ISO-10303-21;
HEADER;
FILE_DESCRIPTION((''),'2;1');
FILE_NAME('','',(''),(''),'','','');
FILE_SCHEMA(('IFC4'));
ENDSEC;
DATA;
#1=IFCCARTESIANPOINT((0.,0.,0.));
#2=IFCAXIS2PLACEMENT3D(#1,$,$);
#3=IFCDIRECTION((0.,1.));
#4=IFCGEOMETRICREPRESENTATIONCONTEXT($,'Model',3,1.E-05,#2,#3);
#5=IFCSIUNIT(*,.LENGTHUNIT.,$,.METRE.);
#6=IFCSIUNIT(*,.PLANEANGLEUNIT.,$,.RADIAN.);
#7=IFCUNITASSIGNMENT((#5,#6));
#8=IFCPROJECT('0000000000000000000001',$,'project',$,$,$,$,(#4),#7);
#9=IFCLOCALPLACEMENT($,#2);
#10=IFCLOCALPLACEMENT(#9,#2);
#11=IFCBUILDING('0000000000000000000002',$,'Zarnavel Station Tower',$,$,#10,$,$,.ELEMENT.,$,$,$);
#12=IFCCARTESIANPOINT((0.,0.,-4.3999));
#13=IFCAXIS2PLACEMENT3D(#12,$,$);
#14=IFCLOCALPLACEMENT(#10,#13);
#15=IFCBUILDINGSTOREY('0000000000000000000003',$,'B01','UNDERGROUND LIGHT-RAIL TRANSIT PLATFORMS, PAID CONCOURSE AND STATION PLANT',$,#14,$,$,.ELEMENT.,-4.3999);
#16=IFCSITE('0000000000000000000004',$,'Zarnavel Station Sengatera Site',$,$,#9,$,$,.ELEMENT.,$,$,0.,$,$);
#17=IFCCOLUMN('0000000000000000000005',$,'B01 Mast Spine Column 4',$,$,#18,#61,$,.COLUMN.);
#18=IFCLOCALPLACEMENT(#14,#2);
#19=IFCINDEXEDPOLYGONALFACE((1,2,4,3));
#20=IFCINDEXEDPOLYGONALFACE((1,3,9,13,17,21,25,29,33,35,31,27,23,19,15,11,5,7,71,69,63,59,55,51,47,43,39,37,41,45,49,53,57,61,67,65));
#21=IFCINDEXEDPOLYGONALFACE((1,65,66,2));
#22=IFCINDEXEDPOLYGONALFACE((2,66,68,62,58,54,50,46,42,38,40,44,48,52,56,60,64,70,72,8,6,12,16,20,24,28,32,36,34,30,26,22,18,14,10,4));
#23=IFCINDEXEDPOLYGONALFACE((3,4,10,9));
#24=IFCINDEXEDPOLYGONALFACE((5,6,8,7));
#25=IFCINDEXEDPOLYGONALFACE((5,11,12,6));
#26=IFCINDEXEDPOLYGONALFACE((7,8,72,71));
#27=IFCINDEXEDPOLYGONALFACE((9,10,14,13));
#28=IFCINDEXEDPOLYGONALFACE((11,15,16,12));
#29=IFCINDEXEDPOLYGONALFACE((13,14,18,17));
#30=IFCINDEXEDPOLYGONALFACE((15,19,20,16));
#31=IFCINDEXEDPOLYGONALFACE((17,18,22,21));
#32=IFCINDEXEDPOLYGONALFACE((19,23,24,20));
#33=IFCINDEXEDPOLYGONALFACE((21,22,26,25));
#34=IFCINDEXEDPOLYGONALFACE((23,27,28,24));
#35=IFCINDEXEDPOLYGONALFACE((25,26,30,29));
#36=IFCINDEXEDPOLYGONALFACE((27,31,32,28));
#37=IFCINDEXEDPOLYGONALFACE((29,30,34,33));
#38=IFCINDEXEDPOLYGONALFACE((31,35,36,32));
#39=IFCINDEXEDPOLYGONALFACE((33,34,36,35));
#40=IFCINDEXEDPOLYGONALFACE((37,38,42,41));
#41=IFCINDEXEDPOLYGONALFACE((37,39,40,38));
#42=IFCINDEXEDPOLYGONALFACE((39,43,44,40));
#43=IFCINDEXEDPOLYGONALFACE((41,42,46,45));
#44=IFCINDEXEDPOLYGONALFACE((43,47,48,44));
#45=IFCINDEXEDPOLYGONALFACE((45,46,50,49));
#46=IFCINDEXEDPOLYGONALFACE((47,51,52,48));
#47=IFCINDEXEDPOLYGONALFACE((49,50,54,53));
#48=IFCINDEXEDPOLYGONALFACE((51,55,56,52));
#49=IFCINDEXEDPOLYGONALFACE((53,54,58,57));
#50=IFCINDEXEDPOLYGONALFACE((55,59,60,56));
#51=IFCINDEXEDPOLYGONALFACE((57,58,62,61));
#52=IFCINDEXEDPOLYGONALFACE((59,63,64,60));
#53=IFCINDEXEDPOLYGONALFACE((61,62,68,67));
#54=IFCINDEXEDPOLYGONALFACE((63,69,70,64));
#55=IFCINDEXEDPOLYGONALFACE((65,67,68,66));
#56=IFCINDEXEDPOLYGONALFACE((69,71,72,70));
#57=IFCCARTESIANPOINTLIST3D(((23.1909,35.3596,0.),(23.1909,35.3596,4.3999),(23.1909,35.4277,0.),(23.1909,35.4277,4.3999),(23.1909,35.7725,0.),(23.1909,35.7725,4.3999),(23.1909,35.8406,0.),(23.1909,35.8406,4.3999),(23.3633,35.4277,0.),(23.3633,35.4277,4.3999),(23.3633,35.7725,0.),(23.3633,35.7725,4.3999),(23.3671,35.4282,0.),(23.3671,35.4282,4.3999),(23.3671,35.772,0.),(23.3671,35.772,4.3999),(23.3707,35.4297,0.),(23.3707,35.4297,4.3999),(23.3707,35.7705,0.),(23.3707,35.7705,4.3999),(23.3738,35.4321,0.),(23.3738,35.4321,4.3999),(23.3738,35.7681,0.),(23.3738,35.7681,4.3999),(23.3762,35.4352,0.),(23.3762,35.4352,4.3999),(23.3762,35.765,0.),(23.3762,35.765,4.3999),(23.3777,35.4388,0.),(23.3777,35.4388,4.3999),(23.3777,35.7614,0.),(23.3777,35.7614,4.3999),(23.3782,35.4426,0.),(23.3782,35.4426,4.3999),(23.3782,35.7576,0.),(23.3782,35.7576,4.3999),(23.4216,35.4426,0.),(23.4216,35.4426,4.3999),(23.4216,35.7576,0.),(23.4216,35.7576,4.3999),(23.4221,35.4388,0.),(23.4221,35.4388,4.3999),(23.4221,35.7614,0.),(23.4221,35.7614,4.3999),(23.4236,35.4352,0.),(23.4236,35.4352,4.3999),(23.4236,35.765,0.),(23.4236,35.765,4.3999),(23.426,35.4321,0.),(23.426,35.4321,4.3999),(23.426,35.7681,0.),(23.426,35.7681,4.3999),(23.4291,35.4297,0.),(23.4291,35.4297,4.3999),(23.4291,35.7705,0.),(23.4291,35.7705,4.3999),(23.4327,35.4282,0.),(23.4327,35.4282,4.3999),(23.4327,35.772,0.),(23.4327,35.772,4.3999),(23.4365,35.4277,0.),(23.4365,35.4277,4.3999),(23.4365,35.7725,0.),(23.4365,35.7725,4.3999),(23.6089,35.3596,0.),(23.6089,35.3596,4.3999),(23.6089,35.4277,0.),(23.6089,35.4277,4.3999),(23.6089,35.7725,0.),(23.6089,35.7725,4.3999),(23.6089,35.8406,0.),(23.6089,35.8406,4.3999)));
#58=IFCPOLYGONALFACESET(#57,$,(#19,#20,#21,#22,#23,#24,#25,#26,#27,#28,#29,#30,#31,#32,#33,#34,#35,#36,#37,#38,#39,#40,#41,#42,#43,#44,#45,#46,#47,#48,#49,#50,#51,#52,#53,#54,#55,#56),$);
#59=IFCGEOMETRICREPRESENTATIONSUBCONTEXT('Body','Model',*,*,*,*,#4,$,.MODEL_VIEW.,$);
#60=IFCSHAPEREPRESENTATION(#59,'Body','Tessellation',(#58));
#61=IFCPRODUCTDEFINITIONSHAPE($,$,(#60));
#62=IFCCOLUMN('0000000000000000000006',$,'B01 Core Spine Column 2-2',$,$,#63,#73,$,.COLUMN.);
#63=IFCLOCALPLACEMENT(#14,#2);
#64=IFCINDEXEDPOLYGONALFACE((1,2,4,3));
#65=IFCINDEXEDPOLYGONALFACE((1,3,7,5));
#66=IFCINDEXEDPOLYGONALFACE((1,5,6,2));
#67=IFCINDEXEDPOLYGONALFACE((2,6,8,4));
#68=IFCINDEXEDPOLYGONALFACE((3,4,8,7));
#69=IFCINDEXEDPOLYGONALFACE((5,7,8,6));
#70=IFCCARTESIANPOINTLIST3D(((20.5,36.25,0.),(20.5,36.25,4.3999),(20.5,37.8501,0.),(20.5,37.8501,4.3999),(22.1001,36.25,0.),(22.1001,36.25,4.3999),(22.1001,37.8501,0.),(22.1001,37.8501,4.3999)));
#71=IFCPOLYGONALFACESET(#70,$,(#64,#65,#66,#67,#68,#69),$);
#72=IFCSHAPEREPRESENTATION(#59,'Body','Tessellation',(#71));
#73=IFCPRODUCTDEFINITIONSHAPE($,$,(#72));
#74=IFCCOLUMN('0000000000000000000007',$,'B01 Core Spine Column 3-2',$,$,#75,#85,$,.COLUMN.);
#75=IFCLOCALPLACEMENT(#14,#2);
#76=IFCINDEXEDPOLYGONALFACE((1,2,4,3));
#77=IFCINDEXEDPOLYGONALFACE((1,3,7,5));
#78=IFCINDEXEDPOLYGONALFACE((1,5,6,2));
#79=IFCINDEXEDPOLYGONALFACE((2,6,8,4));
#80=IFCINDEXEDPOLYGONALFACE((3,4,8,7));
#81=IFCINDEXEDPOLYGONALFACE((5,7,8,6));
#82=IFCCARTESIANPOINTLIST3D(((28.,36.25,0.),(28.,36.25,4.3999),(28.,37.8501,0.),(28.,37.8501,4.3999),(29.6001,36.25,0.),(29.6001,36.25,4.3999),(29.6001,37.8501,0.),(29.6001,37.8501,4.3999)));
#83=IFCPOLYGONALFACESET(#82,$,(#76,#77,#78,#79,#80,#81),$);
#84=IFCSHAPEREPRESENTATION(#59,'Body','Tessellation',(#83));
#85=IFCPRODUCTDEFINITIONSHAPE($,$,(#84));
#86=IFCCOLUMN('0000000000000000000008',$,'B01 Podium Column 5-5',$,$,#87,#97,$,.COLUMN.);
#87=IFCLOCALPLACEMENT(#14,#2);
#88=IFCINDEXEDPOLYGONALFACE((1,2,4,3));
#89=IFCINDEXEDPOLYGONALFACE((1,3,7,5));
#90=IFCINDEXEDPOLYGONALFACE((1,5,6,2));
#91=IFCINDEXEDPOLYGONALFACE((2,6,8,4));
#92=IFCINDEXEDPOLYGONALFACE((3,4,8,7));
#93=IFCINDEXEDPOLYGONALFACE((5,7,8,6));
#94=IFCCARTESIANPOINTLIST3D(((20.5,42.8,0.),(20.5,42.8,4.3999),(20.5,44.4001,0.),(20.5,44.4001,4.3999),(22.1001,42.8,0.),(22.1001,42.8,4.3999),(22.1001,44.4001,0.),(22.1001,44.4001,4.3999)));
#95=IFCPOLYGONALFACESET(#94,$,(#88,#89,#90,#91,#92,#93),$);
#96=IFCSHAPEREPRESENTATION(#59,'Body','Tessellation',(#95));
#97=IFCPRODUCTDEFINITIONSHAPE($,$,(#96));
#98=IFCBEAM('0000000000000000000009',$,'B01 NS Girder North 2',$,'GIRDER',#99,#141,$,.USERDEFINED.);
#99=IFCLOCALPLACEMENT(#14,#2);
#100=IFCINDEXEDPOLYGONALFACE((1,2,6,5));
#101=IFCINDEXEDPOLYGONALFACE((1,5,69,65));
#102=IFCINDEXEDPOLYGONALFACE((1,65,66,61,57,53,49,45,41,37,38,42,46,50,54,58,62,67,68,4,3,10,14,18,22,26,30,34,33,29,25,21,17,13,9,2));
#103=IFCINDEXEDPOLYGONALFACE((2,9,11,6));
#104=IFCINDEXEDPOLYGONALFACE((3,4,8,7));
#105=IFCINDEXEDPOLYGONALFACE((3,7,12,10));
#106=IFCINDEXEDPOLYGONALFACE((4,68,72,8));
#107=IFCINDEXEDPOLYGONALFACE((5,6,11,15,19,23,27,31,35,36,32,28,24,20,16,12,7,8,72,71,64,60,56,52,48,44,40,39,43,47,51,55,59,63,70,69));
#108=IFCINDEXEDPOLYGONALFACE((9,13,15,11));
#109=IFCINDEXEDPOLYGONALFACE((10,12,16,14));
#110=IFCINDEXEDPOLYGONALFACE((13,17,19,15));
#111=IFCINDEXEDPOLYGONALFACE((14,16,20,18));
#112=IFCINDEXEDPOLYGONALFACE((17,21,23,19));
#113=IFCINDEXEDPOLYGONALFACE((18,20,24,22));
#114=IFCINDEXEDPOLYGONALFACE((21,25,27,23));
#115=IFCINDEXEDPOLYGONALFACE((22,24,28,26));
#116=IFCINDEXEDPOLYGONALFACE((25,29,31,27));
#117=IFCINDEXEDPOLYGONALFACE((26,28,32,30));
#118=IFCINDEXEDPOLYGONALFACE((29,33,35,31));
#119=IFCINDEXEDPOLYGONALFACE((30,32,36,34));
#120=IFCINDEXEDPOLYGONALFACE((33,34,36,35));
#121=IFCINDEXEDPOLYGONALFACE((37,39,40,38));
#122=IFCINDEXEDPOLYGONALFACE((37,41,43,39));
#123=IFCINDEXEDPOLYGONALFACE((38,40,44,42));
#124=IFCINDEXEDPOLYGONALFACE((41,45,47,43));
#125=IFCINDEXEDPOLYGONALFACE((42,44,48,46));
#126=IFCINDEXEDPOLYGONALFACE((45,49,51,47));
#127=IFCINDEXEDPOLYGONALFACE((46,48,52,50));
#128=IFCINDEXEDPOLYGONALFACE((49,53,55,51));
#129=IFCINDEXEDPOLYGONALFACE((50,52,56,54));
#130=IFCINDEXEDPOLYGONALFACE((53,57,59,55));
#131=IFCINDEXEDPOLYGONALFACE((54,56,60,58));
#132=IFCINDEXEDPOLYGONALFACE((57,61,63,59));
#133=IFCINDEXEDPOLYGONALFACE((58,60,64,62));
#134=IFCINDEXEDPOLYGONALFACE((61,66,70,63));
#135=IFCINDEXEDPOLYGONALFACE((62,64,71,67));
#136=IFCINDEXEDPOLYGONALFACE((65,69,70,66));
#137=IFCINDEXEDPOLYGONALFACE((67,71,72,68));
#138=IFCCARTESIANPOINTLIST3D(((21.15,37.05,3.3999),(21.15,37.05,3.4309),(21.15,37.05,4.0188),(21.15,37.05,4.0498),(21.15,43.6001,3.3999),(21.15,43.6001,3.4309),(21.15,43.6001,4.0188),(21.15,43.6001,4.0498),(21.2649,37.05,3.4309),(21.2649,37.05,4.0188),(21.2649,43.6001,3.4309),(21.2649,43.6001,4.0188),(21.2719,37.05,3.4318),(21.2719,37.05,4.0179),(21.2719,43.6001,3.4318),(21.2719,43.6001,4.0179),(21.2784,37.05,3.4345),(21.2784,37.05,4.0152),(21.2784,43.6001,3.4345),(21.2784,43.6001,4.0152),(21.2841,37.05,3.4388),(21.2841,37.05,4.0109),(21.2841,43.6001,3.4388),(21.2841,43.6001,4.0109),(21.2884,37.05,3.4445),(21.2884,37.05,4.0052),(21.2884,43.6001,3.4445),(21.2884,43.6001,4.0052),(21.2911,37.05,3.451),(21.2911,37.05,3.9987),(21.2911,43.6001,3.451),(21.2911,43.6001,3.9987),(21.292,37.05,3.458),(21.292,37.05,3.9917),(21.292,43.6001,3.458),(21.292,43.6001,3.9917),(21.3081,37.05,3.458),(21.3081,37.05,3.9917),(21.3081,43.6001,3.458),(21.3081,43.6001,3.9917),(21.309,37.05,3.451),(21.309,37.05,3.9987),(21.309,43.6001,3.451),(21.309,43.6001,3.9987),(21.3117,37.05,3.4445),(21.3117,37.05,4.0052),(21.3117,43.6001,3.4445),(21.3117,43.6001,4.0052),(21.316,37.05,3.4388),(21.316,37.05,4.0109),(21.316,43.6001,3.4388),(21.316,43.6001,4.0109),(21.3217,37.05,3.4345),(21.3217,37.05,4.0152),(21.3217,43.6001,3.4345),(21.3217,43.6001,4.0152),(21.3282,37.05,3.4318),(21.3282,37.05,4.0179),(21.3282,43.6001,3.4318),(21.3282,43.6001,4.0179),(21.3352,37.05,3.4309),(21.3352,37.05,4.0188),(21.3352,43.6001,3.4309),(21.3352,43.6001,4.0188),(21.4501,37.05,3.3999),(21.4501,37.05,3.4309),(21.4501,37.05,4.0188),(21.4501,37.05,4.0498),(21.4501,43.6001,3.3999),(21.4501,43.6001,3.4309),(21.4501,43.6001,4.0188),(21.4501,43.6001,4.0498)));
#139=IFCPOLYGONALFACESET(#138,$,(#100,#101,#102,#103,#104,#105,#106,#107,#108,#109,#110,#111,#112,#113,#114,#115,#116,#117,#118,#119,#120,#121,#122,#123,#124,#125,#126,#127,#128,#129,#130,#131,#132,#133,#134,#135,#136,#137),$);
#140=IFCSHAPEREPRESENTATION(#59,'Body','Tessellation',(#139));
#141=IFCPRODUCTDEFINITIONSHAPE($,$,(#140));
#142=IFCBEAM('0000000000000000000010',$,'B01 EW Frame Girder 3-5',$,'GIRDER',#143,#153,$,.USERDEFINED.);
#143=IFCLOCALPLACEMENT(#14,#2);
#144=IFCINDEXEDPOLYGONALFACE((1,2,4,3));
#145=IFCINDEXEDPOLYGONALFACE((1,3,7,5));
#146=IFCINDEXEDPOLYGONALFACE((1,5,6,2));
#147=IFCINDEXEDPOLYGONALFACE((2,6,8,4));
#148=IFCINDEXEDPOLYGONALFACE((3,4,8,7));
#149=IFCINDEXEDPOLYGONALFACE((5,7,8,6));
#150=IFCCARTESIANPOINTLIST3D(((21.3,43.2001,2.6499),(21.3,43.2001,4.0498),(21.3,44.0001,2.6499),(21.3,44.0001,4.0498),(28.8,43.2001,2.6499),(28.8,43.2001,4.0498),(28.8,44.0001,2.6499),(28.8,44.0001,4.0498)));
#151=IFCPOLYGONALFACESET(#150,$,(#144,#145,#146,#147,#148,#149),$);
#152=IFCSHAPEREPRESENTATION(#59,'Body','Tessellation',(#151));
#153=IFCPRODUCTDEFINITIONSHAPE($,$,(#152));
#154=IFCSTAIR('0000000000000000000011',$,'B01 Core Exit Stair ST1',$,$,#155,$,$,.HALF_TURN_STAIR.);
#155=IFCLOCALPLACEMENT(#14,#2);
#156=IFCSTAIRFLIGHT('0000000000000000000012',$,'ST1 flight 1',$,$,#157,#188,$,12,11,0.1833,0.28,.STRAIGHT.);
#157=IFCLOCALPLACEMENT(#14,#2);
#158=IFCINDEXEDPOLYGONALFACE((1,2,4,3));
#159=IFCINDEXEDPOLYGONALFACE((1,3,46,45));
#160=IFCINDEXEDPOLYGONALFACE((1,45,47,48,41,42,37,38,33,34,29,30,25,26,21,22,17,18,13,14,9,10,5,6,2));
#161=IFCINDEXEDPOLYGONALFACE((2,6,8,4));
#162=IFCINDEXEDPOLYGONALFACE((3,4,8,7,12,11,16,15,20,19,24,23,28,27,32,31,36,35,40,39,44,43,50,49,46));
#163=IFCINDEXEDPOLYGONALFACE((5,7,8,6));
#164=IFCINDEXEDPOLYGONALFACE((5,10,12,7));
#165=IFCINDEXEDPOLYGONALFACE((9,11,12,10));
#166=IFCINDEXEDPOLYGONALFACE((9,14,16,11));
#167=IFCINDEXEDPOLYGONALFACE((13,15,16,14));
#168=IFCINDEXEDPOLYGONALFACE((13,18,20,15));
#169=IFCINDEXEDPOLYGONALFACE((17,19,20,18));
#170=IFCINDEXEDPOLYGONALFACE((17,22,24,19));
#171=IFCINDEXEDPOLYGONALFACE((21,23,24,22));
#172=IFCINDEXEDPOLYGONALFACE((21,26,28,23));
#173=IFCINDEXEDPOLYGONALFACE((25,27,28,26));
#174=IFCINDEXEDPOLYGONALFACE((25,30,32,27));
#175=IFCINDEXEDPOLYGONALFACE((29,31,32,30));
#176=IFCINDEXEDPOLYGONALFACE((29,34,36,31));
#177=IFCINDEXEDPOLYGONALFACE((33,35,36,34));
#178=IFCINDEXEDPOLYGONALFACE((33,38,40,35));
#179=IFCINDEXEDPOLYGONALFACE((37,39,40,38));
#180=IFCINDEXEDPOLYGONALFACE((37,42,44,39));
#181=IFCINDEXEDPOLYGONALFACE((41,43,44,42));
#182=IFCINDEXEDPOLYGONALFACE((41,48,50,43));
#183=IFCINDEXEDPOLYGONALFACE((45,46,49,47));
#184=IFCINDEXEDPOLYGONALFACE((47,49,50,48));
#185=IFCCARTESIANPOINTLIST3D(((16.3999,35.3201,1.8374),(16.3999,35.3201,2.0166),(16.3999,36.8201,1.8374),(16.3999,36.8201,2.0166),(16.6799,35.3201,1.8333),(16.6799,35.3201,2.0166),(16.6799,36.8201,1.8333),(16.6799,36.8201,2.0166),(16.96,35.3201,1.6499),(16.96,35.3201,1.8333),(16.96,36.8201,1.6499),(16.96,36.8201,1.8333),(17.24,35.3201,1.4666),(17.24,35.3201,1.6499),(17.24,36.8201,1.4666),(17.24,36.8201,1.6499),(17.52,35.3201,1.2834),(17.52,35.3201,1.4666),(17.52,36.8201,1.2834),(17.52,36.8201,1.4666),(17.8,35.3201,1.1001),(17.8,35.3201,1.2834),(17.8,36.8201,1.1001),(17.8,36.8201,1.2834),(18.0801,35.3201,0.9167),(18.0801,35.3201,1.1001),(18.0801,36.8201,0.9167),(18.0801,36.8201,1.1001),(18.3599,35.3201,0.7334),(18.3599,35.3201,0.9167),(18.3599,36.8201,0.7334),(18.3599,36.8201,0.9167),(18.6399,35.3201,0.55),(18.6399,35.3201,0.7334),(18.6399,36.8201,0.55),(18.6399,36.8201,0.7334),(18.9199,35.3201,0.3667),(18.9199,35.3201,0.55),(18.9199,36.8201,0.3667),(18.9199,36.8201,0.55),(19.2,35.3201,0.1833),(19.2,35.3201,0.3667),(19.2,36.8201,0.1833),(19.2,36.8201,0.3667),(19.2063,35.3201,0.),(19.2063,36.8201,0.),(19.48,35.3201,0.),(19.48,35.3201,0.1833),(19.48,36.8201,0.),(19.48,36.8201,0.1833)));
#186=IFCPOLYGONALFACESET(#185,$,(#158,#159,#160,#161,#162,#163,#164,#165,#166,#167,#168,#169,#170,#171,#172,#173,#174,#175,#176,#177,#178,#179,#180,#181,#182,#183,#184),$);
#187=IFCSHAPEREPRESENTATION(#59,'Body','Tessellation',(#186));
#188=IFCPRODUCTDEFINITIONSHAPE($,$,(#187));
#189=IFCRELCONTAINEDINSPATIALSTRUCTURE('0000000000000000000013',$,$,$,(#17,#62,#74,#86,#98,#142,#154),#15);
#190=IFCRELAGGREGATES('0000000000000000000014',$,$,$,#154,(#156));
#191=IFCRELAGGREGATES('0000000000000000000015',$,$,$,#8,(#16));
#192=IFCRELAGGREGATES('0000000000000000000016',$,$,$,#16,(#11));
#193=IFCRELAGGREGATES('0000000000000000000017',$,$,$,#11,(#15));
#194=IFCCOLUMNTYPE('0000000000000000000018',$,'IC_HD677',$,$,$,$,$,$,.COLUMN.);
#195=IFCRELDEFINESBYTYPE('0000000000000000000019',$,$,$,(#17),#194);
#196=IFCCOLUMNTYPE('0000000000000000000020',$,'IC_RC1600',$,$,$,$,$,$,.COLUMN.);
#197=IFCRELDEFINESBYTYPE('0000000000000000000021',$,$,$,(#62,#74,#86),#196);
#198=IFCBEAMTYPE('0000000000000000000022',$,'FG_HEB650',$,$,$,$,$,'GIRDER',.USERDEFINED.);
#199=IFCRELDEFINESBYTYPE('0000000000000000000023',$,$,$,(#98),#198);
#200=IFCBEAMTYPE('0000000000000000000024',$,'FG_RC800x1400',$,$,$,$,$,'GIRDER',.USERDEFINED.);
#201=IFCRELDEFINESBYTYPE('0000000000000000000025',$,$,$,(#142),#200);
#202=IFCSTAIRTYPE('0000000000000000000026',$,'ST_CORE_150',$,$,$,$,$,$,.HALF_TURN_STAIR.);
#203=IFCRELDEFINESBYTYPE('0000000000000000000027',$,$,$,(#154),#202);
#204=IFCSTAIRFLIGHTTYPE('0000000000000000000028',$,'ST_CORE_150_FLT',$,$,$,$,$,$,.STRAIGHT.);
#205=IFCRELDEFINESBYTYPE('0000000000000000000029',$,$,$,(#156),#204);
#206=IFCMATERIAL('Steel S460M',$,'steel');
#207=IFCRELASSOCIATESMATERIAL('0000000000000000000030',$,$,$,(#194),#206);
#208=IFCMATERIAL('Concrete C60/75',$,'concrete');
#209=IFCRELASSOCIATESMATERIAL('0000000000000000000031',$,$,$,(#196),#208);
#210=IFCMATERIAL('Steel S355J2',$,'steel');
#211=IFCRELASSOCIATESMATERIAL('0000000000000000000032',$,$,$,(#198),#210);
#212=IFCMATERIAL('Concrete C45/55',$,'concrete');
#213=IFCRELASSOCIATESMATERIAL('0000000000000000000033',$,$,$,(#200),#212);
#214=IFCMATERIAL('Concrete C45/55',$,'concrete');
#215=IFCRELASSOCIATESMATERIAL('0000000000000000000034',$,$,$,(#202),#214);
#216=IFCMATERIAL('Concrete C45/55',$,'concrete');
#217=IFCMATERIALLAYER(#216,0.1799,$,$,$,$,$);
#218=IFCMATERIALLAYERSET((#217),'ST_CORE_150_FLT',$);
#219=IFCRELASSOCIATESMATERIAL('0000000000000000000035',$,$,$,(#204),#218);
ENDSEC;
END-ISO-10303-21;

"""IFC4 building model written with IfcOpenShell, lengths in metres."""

from ifc_helpers import new_model, si_unit, direction, frame, origin, origin_2d, place, context, subcontext, project, spatial, polyline, rectangle, i_section, outline, extrude, material, layer, layer_set, material_profile, profile_set, type_object, element, aggregate, save


model = new_model("IFC4")

# Units and contexts
model_context = context("Model", 3, precision=1e-05, world=origin(), true_north=direction((0.0, 1.0)))
body_context = subcontext(model_context, "Body", "Model", "MODEL_VIEW")
ifc_project = project(units=[si_unit("LENGTHUNIT", "METRE"), si_unit("PLANEANGLEUNIT", "RADIAN")], contexts=[model_context])

# Site, building, storey
site_placement = place(None, origin())
site = spatial("IfcSite", under=ifc_project, at=site_placement, Name="Zarnavel Station Sengatera Site", CompositionType="ELEMENT", RefElevation=0.0)
building_placement = place(site_placement, origin())
building = spatial("IfcBuilding", under=site, at=building_placement, Name="Zarnavel Station Tower", CompositionType="ELEMENT")
storey_placement = place(building_placement, frame((0.0, 0.0, -4.3999)))
storey = spatial("IfcBuildingStorey", under=building, at=storey_placement, Name="B01", Description="UNDERGROUND LIGHT-RAIL TRANSIT PLATFORMS, PAID CONCOURSE AND STATION PLANT", CompositionType="ELEMENT", Elevation=-4.3999)

# Columns
ifc_material_1 = material(Name="Steel S460M", Category="steel")
ifc_material_profile_1 = material_profile(ifc_material_1, i_section(OverallWidth=0.418, OverallDepth=0.481, WebThickness=0.0435, FlangeThickness=0.0681, FilletRadius=0.0149, at=origin_2d()), Name="HD400x677")
ifc_profile_set_1 = profile_set([ifc_material_profile_1], Name="Steel S460M")
column_type_1 = type_object("IfcColumnType", Name="IC_HD677", PredefinedType="COLUMN", material=ifc_profile_set_1)
column_placement = place(storey_placement, frame((23.3999, 35.6001, 0.0), z_axis=(0.0, 0.0, 1.0), x_axis=(1.0, 0.0, 0.0)))
element("IfcColumn", 1, at=column_placement, inside=storey, type_object=column_type_1, Name="B01 Mast Spine Column 4", PredefinedType="COLUMN", context=body_context, shape_type="SweptSolid", body=[
    extrude(i_section(OverallWidth=0.418, OverallDepth=0.481, WebThickness=0.0435, FlangeThickness=0.0681, FilletRadius=0.0149, at=origin_2d()), origin(), (0.0, 0.0, 1.0), 4.3999),
])
ifc_material_2 = material(Name="Concrete C60/75", Category="concrete")
ifc_material_profile_2 = material_profile(ifc_material_2, rectangle(XDim=1.6001, YDim=1.6001, at=origin_2d()), Name="RC1600x1600")
ifc_profile_set_2 = profile_set([ifc_material_profile_2], Name="Concrete C60/75")
column_type_2 = type_object("IfcColumnType", Name="IC_RC1600", PredefinedType="COLUMN", material=ifc_profile_set_2)
for number, where, z_axis, x_axis, name in (
    (2, (21.3, 37.05, 0.0), (0.0, 0.0, 1.0), (1.0, 0.0, 0.0), "B01 Core Spine Column 2-2"),
    (3, (28.8, 37.05, 0.0), (0.0, 0.0, 1.0), (1.0, 0.0, 0.0), "B01 Core Spine Column 3-2"),
    (4, (21.3, 43.6001, 0.0), (0.0, 0.0, 1.0), (1.0, 0.0, 0.0), "B01 Podium Column 5-5"),
):
    element("IfcColumn", number, at=place(storey_placement, frame(where, z_axis=z_axis, x_axis=x_axis)), inside=storey, type_object=column_type_2, Name=name, PredefinedType="COLUMN", context=body_context, shape_type="SweptSolid", body=[
        extrude(rectangle(XDim=1.6001, YDim=1.6001, at=origin_2d()), origin(), (0.0, 0.0, 1.0), 4.3999),
    ])

# Beams
ifc_material_3 = material(Name="Steel S355J2", Category="steel")
ifc_material_profile_3 = material_profile(ifc_material_3, i_section(OverallWidth=0.3, OverallDepth=0.6499, WebThickness=0.0161, FlangeThickness=0.031, FilletRadius=0.0271, at=origin_2d()), Name="HEB650")
ifc_profile_set_3 = profile_set([ifc_material_profile_3], Name="Steel S355J2")
beam_type_1 = type_object("IfcBeamType", Name="FG_HEB650", ElementType="GIRDER", PredefinedType="USERDEFINED", material=ifc_profile_set_3)
beam_1_placement = place(storey_placement, frame((21.3, 37.05, 3.7249), z_axis=(0.0, 1.0, 0.0), x_axis=(-1.0, 0.0, 0.0)))
element("IfcBeam", 5, at=beam_1_placement, inside=storey, type_object=beam_type_1, Name="B01 NS Girder North 2", ObjectType="GIRDER", PredefinedType="USERDEFINED", context=body_context, shape_type="SweptSolid", body=[
    extrude(i_section(OverallWidth=0.3, OverallDepth=0.6499, WebThickness=0.0161, FlangeThickness=0.031, FilletRadius=0.0271, at=origin_2d()), origin(), (0.0, 0.0, 1.0), 6.55),
])
ifc_material_4 = material(Name="Concrete C45/55", Category="concrete")
ifc_material_profile_4 = material_profile(ifc_material_4, rectangle(XDim=0.8, YDim=1.3999, at=origin_2d()), Name="RC800x1400")
ifc_profile_set_4 = profile_set([ifc_material_profile_4], Name="Concrete C45/55")
beam_type_2 = type_object("IfcBeamType", Name="FG_RC800x1400", ElementType="GIRDER", PredefinedType="USERDEFINED", material=ifc_profile_set_4)
beam_2_placement = place(storey_placement, frame((21.3, 43.6001, 3.3499), z_axis=(1.0, 0.0, 0.0), x_axis=(0.0, 1.0, 0.0)))
element("IfcBeam", 6, at=beam_2_placement, inside=storey, type_object=beam_type_2, Name="B01 EW Frame Girder 3-5", ObjectType="GIRDER", PredefinedType="USERDEFINED", context=body_context, shape_type="SweptSolid", body=[
    extrude(rectangle(XDim=0.8, YDim=1.3999, at=origin_2d()), origin(), (0.0, 0.0, 1.0), 7.5),
])

# Stair, stair flight
ifc_material_5 = material(Name="Concrete C45/55", Category="concrete")
stair_type = type_object("IfcStairType", Name="ST_CORE_150", PredefinedType="HALF_TURN_STAIR", material=ifc_material_5)
stair_placement = place(storey_placement, origin())
stair = element("IfcStair", 7, at=stair_placement, inside=storey, type_object=stair_type, Name="B01 Core Exit Stair ST1", PredefinedType="HALF_TURN_STAIR")
ifc_material_6 = material(Name="Concrete C45/55", Category="concrete")
ifc_layer_1 = layer(ifc_material_6, 0.1799)
ifc_layer_set_1 = layer_set([ifc_layer_1], Name="ST_CORE_150_FLT")
stair_flight_type = type_object("IfcStairFlightType", Name="ST_CORE_150_FLT", PredefinedType="STRAIGHT", material=ifc_layer_set_1)
stair_flight_1_placement = place(storey_placement, frame((19.48, 36.0701, 0.0), z_axis=(0.0, 0.0, 1.0), x_axis=(-1.0, 0.0, 0.0)))
stair_flight_1 = element("IfcStairFlight", 8, at=stair_flight_1_placement, type_object=stair_flight_type, Name="ST1 flight 1", NumberOfRisers=12, NumberOfTreads=11, PredefinedType="STRAIGHT", RiserHeight=0.1833, TreadLength=0.28, context=body_context, shape_type="SweptSolid", body=[
    extrude(outline(polyline([(0.0, 0.0), (0.0, 0.1833), (0.28, 0.1833), (0.28, 0.3667), (0.5601, 0.3667), (0.5601, 0.55), (0.8401, 0.55), (0.8401, 0.7334), (1.1201, 0.7334), (1.1201, 0.9167), (1.3999, 0.9167), (1.3999, 1.1001), (1.6799, 1.1001), (1.6799, 1.2834), (1.96, 1.2834), (1.96, 1.4666), (2.24, 1.4666), (2.24, 1.6499), (2.52, 1.6499), (2.52, 1.8333), (2.8, 1.8333), (2.8, 2.0166), (3.0801, 2.0166), (3.0801, 2.2), (3.0801, 1.8374), (0.2737, 0.0), (0.0, 0.0)])), frame((0.0, 0.75, 0.0), z_axis=(0.0, -1.0, 0.0), x_axis=(1.0, 0.0, 0.0)), (0.0, 0.0, 1.0), 1.5),
])
aggregate(stair, [stair_flight_1])

save(model, "model.ifc")
